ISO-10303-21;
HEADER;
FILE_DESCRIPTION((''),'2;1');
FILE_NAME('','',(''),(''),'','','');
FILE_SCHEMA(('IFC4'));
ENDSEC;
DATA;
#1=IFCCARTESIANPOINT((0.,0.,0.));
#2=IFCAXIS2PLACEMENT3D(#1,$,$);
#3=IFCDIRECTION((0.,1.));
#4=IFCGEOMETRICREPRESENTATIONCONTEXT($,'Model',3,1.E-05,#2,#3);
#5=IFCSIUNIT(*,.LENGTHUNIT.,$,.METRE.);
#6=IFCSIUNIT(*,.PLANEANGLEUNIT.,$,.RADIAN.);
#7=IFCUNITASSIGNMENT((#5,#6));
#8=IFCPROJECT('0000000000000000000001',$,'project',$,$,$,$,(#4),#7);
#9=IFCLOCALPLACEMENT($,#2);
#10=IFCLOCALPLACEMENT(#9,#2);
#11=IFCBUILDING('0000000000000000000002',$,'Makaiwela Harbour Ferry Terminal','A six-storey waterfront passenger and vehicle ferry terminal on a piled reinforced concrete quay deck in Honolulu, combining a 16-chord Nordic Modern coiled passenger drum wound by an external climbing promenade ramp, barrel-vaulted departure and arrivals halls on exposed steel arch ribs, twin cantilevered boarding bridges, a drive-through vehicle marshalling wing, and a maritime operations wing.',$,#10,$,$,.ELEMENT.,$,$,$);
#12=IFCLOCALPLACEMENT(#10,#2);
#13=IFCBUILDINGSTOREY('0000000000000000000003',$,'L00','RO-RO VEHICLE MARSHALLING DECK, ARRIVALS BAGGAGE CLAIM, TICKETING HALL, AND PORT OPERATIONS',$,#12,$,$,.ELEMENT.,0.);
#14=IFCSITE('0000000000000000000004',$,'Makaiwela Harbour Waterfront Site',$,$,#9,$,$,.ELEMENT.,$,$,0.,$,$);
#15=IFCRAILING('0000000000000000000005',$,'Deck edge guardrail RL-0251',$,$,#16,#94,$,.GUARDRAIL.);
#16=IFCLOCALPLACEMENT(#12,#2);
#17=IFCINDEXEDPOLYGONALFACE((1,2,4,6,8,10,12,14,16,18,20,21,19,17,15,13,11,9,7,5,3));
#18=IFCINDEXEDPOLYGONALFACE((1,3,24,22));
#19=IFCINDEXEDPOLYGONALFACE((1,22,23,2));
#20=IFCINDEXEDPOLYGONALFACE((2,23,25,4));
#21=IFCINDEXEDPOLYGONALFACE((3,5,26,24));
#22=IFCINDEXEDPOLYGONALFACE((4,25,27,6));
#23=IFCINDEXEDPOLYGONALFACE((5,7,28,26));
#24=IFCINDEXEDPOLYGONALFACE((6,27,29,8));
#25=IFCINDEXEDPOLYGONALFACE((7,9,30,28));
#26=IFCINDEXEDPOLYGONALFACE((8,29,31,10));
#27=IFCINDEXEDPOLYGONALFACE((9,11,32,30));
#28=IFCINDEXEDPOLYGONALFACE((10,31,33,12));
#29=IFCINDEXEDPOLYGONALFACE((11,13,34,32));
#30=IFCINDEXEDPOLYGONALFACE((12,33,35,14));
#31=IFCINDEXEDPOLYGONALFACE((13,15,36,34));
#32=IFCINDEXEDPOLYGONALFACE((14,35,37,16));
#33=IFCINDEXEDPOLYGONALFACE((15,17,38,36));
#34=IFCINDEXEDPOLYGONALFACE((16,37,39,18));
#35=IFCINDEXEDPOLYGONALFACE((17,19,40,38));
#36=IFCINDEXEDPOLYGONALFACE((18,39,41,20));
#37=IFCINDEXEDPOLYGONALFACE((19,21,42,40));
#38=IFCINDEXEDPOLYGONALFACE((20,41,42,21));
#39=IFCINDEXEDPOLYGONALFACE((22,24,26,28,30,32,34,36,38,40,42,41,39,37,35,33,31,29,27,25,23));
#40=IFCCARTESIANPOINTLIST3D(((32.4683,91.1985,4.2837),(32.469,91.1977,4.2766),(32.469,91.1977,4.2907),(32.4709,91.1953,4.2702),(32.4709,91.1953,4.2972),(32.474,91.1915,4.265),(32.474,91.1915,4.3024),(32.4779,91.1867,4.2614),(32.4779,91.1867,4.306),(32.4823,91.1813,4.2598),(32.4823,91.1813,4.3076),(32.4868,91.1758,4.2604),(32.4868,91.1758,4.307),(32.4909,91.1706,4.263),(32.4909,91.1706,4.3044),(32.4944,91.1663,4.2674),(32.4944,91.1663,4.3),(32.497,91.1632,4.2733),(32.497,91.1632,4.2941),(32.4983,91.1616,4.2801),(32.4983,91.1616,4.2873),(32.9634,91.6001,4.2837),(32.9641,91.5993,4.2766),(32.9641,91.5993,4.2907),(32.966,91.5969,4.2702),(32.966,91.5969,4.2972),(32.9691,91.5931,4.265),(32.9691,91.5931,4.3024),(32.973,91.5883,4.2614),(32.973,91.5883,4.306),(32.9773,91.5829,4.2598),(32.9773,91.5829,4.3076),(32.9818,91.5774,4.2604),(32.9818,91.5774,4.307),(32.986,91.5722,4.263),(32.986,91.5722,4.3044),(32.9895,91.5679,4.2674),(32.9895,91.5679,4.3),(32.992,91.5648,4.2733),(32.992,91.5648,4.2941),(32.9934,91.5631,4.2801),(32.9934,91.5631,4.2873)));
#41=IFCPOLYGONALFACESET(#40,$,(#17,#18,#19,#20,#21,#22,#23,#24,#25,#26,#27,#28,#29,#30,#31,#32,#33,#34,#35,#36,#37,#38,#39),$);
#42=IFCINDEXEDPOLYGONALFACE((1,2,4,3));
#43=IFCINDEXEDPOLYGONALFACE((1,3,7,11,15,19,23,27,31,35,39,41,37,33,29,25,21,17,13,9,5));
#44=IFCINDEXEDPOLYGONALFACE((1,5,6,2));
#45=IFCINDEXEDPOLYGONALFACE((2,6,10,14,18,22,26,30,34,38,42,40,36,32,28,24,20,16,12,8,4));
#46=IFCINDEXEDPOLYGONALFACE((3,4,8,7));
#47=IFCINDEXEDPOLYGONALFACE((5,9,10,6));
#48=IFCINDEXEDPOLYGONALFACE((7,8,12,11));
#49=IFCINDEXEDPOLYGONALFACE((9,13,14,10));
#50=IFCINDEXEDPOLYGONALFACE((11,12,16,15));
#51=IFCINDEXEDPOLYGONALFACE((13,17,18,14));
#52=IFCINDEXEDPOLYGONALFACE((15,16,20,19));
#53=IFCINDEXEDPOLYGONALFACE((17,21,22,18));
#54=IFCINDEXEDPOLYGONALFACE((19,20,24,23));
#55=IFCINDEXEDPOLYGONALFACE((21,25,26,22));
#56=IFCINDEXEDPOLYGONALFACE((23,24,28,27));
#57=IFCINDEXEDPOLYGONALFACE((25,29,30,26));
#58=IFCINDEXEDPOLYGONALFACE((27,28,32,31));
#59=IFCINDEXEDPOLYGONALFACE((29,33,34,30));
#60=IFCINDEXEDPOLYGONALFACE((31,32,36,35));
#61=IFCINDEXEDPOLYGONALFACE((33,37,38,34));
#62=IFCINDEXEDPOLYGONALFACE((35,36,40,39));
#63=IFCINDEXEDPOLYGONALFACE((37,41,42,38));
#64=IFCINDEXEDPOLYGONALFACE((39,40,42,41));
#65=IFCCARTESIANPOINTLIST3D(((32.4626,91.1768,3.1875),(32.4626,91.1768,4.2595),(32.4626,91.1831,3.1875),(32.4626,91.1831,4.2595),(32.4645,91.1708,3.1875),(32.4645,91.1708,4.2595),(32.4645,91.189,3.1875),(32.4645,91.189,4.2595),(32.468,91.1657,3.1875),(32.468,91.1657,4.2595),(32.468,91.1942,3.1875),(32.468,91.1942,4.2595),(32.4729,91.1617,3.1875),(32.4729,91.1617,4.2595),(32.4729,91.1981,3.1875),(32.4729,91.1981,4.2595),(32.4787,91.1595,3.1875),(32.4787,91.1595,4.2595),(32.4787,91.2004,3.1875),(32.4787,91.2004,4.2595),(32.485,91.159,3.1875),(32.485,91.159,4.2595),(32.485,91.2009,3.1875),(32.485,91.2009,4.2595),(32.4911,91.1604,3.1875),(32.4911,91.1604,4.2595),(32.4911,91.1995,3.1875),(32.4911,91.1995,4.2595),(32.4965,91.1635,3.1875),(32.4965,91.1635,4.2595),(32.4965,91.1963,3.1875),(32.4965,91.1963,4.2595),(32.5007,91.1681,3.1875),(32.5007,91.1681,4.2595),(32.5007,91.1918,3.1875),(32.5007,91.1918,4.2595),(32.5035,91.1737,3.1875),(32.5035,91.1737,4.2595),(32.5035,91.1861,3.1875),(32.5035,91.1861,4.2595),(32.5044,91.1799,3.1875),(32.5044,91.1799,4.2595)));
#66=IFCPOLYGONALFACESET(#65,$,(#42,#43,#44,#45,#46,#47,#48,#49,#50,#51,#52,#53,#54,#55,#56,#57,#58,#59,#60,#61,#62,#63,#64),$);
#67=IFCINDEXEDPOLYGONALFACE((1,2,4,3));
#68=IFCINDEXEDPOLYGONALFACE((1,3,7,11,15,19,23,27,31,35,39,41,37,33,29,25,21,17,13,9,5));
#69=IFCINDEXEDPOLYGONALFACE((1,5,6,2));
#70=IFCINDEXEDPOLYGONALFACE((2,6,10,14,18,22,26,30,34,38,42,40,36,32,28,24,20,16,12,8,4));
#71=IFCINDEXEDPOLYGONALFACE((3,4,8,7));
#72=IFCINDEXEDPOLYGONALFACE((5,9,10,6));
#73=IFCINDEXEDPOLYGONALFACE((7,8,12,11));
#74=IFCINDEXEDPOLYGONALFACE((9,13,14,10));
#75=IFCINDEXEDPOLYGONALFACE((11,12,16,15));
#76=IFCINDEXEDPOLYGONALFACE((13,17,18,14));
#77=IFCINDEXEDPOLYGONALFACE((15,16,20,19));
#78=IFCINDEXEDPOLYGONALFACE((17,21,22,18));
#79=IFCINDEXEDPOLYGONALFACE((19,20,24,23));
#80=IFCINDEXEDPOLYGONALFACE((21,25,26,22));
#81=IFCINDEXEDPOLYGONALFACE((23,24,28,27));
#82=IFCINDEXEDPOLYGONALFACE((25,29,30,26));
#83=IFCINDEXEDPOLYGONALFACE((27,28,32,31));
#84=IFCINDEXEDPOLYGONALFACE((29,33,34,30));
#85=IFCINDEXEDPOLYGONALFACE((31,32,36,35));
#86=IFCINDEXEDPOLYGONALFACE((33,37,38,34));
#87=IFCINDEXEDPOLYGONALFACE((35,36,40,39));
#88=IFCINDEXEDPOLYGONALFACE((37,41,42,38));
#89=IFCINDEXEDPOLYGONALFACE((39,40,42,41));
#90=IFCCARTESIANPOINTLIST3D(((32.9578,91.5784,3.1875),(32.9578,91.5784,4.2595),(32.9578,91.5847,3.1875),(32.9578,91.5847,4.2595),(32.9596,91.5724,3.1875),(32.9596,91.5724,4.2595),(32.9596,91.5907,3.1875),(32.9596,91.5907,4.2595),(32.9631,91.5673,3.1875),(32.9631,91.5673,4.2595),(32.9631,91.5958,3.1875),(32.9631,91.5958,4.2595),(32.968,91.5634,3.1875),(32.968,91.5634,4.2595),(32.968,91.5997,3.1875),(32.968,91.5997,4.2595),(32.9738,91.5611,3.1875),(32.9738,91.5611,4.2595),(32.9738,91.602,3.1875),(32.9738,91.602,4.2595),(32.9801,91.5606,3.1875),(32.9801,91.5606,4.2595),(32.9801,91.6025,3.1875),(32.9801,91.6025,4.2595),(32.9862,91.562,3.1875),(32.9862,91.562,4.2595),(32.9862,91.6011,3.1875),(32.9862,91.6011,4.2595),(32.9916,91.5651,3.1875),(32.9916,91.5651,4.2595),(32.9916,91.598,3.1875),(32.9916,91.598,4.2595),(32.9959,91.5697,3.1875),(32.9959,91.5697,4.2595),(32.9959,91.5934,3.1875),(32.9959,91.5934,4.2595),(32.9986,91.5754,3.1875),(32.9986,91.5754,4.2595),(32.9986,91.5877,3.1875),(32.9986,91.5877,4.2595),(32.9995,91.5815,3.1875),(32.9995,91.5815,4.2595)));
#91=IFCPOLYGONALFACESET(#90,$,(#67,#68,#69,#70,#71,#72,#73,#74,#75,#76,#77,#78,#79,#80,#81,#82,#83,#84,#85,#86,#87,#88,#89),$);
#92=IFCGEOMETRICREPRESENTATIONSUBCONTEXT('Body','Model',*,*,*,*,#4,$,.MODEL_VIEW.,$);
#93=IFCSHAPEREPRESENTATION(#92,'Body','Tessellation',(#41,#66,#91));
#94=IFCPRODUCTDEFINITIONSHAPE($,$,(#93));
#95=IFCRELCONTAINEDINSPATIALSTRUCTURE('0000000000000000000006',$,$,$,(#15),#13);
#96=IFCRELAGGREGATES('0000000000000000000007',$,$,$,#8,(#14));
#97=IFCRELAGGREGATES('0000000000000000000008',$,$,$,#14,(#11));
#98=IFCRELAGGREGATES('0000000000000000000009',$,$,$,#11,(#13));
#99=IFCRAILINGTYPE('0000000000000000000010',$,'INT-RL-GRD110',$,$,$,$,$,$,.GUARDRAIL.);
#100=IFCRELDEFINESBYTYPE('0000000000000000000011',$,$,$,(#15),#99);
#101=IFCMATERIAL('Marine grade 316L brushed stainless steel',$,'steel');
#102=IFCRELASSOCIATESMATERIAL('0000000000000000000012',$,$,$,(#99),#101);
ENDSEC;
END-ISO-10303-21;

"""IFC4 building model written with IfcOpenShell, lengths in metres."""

from ifc_helpers import new_model, si_unit, direction, frame, origin, origin_2d, place, context, subcontext, project, spatial, circle, extrude, material, type_object, element, save


model = new_model("IFC4")

# Units and contexts
model_context = context("Model", 3, precision=1e-05, world=origin(), true_north=direction((0.0, 1.0)))
body_context = subcontext(model_context, "Body", "Model", "MODEL_VIEW")
ifc_project = project(units=[si_unit("LENGTHUNIT", "METRE"), si_unit("PLANEANGLEUNIT", "RADIAN")], contexts=[model_context])

# Site, building, storey
site_placement = place(None, origin())
site = spatial("IfcSite", under=ifc_project, at=site_placement, Name="Makaiwela Harbour Waterfront Site", CompositionType="ELEMENT", RefElevation=0.0)
building_placement = place(site_placement, origin())
building = spatial("IfcBuilding", under=site, at=building_placement, Name="Makaiwela Harbour Ferry Terminal", Description="A six-storey waterfront passenger and vehicle ferry terminal on a piled reinforced concrete quay deck in Honolulu, combining a 16-chord Nordic Modern coiled passenger drum wound by an external climbing promenade ramp, barrel-vaulted departure and arrivals halls on exposed steel arch ribs, twin cantilevered boarding bridges, a drive-through vehicle marshalling wing, and a maritime operations wing.", CompositionType="ELEMENT")
storey_placement = place(building_placement, origin())
storey = spatial("IfcBuildingStorey", under=building, at=storey_placement, Name="L00", Description="RO-RO VEHICLE MARSHALLING DECK, ARRIVALS BAGGAGE CLAIM, TICKETING HALL, AND PORT OPERATIONS", CompositionType="ELEMENT", Elevation=0.0)

# Railing
ifc_material_1 = material(Name="Marine grade 316L brushed stainless steel", Category="steel")
railing_type_1 = type_object("IfcRailingType", Name="INT-RL-GRD110", PredefinedType="GUARDRAIL", material=ifc_material_1)
railing_1_placement = place(storey_placement, frame((32.4834, 91.1799, 3.1875)))
element("IfcRailing", 1, at=railing_1_placement, inside=storey, type_object=railing_type_1, Name="Deck edge guardrail RL-0251", PredefinedType="GUARDRAIL", context=body_context, shape_type="SweptSolid", body=[
    extrude(circle(Radius=0.0239, at=origin_2d()), frame((0.0, 0.0, 1.0962), z_axis=(0.776629, 0.629958, 0.0), x_axis=(-0.629958, 0.776629, 0.0)), (0.0, 0.0, 1.0), 0.6375),
    extrude(circle(Radius=0.021, at=origin_2d()), origin(), (0.0, 0.0, 1.0), 1.072),
    extrude(circle(Radius=0.021, at=origin_2d()), frame((0.4951, 0.4016, 0.0)), (0.0, 0.0, 1.0), 1.072),
])

save(model, "model.ifc")
